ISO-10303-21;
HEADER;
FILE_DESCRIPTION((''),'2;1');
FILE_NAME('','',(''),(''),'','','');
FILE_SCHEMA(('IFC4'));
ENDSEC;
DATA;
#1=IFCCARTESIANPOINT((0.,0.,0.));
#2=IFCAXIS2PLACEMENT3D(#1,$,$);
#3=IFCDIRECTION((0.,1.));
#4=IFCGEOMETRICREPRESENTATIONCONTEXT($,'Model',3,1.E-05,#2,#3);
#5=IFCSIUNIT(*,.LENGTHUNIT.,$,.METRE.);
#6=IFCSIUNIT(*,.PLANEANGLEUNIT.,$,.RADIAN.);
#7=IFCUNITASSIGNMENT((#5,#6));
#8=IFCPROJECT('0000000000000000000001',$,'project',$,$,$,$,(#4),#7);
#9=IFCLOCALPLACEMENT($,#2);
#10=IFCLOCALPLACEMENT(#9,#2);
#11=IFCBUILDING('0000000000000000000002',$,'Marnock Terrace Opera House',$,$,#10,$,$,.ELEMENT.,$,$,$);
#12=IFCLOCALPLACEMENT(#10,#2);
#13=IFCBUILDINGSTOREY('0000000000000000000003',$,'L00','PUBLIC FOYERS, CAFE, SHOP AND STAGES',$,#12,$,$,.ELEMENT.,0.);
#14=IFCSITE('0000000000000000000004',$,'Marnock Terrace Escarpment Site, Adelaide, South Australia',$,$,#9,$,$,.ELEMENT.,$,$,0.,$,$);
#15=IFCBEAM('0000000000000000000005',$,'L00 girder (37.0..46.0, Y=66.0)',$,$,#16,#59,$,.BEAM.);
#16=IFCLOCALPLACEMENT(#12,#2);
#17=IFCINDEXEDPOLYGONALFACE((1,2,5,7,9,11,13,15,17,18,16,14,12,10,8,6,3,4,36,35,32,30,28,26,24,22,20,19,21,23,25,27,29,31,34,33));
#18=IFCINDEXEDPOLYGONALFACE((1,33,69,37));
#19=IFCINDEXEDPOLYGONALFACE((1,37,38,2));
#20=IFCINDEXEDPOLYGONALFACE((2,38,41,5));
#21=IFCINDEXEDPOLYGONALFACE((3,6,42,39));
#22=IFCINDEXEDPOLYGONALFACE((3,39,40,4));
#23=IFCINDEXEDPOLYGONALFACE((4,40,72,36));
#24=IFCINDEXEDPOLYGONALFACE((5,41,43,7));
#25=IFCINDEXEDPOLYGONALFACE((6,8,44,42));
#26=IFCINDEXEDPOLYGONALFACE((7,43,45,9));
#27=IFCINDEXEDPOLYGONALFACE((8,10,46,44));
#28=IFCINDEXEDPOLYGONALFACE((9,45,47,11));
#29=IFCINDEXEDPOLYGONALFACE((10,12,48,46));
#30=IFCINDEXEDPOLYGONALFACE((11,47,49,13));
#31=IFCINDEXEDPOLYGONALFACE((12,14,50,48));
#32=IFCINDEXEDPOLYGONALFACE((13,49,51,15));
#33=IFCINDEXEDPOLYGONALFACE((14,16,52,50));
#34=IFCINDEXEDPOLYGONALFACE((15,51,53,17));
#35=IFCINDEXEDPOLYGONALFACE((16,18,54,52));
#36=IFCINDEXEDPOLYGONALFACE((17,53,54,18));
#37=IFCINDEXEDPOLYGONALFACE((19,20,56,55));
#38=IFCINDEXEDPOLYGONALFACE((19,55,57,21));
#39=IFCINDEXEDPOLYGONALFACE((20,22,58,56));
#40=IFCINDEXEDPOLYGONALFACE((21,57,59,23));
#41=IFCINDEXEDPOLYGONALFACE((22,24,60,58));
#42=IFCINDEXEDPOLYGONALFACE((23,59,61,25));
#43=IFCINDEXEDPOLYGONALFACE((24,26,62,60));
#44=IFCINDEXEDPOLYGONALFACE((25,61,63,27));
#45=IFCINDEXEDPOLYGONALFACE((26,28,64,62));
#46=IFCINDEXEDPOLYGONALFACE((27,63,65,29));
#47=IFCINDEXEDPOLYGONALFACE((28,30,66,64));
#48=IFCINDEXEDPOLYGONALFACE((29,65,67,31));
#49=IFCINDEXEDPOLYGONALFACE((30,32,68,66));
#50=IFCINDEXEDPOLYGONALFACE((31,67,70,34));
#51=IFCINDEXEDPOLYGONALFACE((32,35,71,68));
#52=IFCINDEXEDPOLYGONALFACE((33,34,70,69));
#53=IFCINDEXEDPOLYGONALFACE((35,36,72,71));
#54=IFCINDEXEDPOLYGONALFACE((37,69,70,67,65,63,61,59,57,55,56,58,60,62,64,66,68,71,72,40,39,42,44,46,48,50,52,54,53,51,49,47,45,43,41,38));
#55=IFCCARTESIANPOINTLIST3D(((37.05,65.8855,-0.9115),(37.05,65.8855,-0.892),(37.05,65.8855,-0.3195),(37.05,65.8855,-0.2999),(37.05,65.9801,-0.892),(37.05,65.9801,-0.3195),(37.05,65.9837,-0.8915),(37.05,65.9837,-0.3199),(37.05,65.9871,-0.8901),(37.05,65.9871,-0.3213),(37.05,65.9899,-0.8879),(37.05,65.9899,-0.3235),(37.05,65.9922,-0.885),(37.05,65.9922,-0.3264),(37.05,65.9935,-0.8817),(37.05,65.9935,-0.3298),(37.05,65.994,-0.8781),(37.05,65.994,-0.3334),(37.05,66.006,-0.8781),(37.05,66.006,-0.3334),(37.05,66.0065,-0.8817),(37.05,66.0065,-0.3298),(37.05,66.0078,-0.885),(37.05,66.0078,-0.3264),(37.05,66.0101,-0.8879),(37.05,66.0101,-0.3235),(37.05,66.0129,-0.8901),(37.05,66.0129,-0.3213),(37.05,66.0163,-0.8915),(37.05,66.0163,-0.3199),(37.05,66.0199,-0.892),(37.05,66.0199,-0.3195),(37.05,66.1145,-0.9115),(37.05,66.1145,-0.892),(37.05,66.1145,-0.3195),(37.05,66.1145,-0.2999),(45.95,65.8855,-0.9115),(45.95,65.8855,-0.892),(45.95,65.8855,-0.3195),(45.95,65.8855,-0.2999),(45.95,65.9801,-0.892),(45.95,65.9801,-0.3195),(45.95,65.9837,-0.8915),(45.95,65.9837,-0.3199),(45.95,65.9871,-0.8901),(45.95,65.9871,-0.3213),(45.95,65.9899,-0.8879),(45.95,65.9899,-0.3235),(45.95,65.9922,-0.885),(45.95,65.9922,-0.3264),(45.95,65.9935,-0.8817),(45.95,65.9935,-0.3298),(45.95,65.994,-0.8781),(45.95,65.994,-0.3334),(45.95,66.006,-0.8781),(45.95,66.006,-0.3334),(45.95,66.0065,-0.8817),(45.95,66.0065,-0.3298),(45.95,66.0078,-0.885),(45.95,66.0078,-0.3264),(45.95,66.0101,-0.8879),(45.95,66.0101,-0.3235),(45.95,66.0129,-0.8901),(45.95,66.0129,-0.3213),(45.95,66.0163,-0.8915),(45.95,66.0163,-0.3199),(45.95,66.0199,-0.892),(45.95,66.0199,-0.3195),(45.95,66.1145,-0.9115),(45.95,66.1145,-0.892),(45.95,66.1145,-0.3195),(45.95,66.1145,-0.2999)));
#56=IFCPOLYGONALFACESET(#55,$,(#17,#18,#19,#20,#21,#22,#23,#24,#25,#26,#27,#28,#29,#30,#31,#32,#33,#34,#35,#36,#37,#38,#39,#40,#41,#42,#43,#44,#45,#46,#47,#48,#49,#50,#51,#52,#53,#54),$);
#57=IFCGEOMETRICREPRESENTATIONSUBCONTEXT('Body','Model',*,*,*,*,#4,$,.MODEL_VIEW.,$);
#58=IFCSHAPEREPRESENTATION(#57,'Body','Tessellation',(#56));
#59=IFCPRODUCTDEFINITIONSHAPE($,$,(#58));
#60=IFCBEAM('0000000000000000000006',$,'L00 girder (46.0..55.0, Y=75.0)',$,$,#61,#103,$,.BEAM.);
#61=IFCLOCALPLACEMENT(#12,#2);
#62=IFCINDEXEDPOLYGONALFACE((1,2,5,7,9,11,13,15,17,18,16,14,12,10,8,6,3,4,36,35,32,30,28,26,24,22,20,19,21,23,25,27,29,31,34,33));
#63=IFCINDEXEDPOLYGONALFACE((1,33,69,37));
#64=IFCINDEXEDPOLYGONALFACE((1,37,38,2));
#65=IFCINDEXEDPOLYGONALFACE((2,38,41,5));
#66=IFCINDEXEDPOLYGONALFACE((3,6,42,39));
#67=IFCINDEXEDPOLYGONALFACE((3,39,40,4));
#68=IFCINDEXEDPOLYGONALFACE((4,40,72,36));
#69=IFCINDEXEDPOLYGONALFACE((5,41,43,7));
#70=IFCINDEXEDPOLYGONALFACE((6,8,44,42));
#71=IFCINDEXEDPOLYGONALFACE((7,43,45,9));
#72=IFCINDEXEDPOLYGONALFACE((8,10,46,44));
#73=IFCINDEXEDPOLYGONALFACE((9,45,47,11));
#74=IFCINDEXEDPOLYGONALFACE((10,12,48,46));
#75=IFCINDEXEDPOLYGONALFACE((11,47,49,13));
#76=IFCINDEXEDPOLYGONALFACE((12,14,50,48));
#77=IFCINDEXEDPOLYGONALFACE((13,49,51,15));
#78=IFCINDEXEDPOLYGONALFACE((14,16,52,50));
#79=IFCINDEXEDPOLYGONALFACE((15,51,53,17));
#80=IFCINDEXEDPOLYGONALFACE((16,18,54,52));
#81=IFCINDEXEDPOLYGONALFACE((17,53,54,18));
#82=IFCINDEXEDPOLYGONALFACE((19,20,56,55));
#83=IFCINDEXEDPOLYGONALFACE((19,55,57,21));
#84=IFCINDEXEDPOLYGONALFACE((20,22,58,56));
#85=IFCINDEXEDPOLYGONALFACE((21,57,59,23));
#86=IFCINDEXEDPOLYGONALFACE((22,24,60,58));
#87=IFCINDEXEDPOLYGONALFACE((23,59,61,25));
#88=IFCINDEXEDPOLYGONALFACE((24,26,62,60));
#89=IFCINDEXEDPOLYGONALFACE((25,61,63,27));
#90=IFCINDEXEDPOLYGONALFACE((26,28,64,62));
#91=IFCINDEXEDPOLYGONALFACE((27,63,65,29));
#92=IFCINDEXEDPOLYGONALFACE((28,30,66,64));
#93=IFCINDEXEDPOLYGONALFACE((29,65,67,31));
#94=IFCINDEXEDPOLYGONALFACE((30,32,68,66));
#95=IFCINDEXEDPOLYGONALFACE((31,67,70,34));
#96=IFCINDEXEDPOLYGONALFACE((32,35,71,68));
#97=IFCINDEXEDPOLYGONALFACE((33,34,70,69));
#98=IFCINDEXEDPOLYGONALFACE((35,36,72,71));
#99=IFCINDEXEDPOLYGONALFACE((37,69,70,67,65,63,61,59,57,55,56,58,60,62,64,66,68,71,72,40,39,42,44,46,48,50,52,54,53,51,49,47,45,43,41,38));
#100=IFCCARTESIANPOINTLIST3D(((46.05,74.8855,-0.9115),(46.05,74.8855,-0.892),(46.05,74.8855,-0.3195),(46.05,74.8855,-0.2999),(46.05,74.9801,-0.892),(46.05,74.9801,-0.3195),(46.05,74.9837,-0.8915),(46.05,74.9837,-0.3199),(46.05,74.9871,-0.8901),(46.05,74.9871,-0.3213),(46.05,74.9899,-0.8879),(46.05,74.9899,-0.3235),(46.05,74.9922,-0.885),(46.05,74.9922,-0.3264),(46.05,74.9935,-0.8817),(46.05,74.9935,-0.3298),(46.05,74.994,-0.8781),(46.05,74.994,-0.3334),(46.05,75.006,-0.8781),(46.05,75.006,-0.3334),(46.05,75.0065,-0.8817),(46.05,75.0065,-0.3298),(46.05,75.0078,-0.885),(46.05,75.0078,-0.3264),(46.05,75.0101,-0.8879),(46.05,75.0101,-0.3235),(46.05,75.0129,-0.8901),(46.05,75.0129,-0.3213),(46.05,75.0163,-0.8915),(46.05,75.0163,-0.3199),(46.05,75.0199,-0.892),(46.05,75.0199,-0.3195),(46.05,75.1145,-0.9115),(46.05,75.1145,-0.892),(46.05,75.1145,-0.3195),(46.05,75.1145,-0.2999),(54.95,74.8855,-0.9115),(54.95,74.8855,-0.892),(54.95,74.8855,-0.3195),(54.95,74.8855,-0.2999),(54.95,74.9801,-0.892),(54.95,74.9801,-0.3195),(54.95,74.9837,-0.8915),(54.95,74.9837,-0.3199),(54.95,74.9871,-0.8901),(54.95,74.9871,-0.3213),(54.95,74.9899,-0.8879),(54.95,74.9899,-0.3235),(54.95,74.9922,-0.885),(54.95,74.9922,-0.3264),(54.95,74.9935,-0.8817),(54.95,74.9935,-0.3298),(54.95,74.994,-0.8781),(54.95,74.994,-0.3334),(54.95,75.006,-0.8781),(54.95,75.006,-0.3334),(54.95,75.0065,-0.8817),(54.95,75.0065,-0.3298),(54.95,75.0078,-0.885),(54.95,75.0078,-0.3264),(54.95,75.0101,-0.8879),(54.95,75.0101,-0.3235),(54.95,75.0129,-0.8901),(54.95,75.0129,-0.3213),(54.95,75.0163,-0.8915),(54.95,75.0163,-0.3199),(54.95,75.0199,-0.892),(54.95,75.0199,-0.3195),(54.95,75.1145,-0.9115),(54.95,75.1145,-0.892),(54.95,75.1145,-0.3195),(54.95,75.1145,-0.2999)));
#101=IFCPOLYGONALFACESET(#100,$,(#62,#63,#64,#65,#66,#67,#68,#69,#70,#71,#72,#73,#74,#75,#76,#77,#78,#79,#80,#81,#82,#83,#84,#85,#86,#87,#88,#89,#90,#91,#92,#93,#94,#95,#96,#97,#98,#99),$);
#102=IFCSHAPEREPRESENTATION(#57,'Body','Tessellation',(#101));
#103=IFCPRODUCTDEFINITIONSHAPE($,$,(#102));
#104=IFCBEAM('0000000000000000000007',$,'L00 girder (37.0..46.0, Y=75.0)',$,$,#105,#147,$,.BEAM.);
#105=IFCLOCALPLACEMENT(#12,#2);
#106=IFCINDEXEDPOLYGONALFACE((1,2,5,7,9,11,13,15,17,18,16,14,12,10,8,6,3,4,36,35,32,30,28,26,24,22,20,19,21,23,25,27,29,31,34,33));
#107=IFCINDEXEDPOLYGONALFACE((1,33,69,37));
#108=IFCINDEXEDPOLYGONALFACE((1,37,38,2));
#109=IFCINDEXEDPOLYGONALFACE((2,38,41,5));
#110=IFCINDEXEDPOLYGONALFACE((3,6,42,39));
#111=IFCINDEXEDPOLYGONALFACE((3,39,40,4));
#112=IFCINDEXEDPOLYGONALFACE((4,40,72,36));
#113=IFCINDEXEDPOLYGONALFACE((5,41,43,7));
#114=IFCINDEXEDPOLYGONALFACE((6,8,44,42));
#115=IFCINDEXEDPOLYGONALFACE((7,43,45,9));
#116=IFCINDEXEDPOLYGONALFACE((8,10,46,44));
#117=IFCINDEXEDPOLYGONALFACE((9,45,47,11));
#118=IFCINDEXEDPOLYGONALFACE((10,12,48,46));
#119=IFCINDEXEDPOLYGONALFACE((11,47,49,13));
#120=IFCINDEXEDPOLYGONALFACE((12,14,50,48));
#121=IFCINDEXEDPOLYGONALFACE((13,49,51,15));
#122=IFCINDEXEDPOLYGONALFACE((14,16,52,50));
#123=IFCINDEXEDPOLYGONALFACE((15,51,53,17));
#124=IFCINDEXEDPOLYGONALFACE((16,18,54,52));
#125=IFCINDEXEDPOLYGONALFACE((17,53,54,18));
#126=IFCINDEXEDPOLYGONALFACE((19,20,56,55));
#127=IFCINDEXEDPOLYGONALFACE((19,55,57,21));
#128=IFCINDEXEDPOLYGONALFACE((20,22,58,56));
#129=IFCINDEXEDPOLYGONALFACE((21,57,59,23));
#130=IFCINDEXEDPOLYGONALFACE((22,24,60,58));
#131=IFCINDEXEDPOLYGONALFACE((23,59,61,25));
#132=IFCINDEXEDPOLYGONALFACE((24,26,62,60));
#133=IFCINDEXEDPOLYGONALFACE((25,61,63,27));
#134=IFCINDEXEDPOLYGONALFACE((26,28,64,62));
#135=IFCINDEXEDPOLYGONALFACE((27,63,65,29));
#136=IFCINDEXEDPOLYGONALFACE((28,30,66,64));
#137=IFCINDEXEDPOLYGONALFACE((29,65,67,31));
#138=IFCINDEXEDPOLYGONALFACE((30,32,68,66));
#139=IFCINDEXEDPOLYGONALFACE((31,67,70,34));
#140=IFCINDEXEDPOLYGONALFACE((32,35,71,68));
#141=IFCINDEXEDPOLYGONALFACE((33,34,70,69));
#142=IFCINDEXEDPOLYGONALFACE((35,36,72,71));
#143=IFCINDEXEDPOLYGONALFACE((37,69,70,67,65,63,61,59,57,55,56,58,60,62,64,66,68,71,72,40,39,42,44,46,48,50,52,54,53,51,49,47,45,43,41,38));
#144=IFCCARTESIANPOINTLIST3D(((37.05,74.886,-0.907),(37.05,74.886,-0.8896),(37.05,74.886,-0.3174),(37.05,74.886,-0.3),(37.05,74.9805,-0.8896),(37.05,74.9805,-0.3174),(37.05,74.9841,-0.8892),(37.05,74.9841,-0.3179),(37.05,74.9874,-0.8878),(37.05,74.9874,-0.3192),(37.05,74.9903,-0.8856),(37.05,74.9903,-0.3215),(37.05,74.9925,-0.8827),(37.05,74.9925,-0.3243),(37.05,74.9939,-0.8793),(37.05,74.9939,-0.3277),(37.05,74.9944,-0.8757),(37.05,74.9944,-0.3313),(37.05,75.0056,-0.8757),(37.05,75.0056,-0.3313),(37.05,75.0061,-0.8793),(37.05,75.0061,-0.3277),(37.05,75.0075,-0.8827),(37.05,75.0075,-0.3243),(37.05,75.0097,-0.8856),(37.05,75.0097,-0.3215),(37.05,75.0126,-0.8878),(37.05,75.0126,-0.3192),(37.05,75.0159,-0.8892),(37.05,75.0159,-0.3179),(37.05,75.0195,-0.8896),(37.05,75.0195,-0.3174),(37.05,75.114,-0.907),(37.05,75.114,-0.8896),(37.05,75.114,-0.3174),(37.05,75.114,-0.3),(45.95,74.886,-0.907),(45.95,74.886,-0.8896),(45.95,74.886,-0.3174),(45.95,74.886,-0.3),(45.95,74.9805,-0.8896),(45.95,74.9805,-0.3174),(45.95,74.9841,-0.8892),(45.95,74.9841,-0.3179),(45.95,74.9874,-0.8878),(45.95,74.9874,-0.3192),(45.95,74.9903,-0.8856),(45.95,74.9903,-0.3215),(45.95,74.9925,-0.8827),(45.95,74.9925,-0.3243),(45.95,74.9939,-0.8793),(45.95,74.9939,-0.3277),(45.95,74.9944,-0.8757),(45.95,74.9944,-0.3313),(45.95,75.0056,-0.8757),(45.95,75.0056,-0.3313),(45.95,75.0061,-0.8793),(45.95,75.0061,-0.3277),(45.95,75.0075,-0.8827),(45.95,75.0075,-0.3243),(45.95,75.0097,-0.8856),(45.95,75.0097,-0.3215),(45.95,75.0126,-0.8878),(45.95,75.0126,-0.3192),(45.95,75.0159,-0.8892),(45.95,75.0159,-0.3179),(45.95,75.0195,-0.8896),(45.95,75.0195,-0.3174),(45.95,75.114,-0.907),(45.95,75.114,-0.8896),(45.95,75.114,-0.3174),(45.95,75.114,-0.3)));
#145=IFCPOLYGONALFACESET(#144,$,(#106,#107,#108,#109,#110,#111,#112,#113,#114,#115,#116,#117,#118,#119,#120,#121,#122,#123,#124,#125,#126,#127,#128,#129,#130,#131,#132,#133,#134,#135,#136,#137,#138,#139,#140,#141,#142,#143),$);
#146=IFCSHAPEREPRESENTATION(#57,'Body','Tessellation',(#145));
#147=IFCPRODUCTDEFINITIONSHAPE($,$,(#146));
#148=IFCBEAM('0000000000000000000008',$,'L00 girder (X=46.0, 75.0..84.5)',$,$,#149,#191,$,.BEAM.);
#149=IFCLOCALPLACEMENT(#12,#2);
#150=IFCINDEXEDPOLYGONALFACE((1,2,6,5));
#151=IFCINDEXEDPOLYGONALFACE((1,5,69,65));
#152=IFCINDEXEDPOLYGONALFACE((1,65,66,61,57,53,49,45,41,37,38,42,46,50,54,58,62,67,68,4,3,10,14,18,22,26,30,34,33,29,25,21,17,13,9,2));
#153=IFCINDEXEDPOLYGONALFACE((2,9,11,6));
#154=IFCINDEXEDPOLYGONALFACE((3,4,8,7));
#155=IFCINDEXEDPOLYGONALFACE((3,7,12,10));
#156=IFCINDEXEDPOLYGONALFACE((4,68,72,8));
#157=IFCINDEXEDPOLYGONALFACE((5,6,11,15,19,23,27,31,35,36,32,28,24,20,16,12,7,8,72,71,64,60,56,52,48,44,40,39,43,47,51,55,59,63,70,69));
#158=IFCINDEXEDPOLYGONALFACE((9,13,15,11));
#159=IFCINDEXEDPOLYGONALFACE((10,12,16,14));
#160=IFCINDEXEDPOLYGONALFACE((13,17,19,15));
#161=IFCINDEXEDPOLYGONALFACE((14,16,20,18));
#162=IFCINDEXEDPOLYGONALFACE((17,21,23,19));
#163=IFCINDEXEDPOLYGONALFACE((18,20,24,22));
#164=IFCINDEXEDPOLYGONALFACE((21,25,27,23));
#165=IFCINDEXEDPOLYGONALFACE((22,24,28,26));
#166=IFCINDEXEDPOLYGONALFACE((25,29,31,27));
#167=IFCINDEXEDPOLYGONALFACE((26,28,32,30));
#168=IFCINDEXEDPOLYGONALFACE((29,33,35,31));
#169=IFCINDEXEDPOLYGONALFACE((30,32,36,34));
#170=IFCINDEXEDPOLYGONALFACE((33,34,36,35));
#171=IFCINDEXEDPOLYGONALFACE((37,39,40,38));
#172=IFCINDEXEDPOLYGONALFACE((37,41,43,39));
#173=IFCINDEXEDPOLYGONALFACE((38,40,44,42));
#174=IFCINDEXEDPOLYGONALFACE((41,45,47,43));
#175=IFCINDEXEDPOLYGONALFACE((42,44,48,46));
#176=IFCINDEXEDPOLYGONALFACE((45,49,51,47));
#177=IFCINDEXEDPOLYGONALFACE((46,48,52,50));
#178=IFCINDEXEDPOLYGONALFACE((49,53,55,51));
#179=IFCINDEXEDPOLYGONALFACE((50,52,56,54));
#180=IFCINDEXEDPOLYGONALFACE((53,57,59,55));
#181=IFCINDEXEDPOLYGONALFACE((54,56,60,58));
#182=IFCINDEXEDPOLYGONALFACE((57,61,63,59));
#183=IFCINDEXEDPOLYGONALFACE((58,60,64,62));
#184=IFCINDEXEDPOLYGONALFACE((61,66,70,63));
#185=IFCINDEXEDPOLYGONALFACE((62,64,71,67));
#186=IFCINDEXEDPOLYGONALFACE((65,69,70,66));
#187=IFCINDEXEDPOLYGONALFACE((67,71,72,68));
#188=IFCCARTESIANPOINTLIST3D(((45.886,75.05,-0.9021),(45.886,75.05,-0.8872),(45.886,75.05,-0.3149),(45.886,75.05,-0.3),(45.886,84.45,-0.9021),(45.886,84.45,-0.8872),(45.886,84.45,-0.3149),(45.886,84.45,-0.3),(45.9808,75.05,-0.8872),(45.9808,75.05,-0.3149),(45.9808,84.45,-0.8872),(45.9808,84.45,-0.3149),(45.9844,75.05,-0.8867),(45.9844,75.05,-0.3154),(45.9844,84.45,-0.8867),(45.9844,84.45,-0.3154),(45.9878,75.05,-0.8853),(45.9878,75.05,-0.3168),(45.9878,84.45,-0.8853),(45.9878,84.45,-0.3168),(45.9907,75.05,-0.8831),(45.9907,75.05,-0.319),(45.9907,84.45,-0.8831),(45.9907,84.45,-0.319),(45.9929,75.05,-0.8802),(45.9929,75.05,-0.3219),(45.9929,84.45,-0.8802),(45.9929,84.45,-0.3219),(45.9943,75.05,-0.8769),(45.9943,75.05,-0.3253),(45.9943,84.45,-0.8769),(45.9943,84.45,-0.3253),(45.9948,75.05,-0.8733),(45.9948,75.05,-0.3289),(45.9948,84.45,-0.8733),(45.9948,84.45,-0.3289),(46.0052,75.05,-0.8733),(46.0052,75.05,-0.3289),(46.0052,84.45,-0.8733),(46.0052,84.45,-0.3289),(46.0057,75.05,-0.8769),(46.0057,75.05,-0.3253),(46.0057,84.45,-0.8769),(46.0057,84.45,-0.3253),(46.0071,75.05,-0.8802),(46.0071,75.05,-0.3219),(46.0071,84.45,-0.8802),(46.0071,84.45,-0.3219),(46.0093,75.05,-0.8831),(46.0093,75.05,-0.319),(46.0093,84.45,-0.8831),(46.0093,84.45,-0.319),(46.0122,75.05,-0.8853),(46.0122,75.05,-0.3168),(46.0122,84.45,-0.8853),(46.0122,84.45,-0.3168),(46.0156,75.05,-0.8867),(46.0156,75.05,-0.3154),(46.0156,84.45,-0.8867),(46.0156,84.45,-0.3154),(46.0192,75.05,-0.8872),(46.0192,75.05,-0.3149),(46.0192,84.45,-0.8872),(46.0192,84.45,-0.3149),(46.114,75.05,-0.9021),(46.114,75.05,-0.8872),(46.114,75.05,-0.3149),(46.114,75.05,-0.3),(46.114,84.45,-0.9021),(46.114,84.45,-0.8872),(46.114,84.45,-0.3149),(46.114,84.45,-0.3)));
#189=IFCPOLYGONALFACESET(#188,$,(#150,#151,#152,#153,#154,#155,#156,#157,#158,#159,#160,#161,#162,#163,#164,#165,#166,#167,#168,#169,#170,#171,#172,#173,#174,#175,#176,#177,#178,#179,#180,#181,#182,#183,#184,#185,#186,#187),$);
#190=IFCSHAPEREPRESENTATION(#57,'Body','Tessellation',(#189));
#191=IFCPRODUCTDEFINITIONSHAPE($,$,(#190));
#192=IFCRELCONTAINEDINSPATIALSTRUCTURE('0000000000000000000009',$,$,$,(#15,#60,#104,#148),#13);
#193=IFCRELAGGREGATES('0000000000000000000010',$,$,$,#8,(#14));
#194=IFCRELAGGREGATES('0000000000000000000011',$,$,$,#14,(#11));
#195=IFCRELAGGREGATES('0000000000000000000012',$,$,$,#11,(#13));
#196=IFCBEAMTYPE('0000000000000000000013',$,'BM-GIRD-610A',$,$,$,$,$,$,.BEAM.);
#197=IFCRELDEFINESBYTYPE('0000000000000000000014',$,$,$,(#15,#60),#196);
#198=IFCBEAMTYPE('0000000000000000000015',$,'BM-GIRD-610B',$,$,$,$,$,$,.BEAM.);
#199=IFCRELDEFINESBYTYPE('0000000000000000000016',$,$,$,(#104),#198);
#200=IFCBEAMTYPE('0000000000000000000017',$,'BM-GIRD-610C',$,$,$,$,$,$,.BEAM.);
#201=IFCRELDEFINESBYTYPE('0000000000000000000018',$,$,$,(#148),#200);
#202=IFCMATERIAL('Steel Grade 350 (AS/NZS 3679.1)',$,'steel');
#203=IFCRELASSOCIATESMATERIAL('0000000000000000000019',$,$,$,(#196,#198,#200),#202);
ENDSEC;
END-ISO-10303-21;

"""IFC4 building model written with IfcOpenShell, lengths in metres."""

from ifc_helpers import new_model, si_unit, direction, frame, origin, origin_2d, place, context, subcontext, project, spatial, i_section, extrude, material, material_profile, profile_set, type_object, element, save


model = new_model("IFC4")

# Units and contexts
model_context = context("Model", 3, precision=1e-05, world=origin(), true_north=direction((0.0, 1.0)))
body_context = subcontext(model_context, "Body", "Model", "MODEL_VIEW")
ifc_project = project(units=[si_unit("LENGTHUNIT", "METRE"), si_unit("PLANEANGLEUNIT", "RADIAN")], contexts=[model_context])

# Site, building, storey
site_placement = place(None, origin())
site = spatial("IfcSite", under=ifc_project, at=site_placement, Name="Marnock Terrace Escarpment Site, Adelaide, South Australia", CompositionType="ELEMENT", RefElevation=0.0)
building_placement = place(site_placement, origin())
building = spatial("IfcBuilding", under=site, at=building_placement, Name="Marnock Terrace Opera House", CompositionType="ELEMENT")
storey_placement = place(building_placement, origin())
storey = spatial("IfcBuildingStorey", under=building, at=storey_placement, Name="L00", Description="PUBLIC FOYERS, CAFE, SHOP AND STAGES", CompositionType="ELEMENT", Elevation=0.0)

# Beams
ifc_material_1 = material(Name="Steel Grade 350 (AS/NZS 3679.1)", Category="steel")
ifc_material_profile_1 = material_profile(ifc_material_1, i_section(OverallWidth=0.229, OverallDepth=0.6116, WebThickness=0.012, FlangeThickness=0.0195, FilletRadius=0.0139, at=origin_2d()))
ifc_profile_set_1 = profile_set([ifc_material_profile_1], Name="Steel Grade 350 (AS/NZS 3679.1)")
beam_type_1 = type_object("IfcBeamType", Name="BM-GIRD-610A", PredefinedType="BEAM", material=ifc_profile_set_1)
for number, where, z_axis, x_axis, name in (
    (1, (37.05, 66.0, -0.6057), (1.0, 0.0, 0.0), (0.0, 1.0, 0.0), "L00 girder (37.0..46.0, Y=66.0)"),
    (2, (46.05, 75.0, -0.6057), (1.0, 0.0, 0.0), (0.0, 1.0, 0.0), "L00 girder (46.0..55.0, Y=75.0)"),
):
    element("IfcBeam", number, at=place(storey_placement, frame(where, z_axis=z_axis, x_axis=x_axis)), inside=storey, type_object=beam_type_1, Name=name, PredefinedType="BEAM", context=body_context, shape_type="SweptSolid", body=[
        extrude(i_section(OverallWidth=0.229, OverallDepth=0.6116, WebThickness=0.012, FlangeThickness=0.0195, FilletRadius=0.0139, at=origin_2d()), origin(), (0.0, 0.0, 1.0), 8.8999),
    ])
ifc_material_profile_2 = material_profile(ifc_material_1, i_section(OverallWidth=0.228, OverallDepth=0.6069, WebThickness=0.0112, FlangeThickness=0.0173, FilletRadius=0.0139, at=origin_2d()))
ifc_profile_set_2 = profile_set([ifc_material_profile_2], Name="Steel Grade 350 (AS/NZS 3679.1)")
beam_type_2 = type_object("IfcBeamType", Name="BM-GIRD-610B", PredefinedType="BEAM", material=ifc_profile_set_2)
beam_1_placement = place(storey_placement, frame((37.05, 75.0, -0.6035), z_axis=(1.0, 0.0, 0.0), x_axis=(0.0, 1.0, 0.0)))
element("IfcBeam", 3, at=beam_1_placement, inside=storey, type_object=beam_type_2, Name="L00 girder (37.0..46.0, Y=75.0)", PredefinedType="BEAM", context=body_context, shape_type="SweptSolid", body=[
    extrude(i_section(OverallWidth=0.228, OverallDepth=0.6069, WebThickness=0.0112, FlangeThickness=0.0173, FilletRadius=0.0139, at=origin_2d()), origin(), (0.0, 0.0, 1.0), 8.8999),
])
ifc_material_profile_3 = material_profile(ifc_material_1, i_section(OverallWidth=0.228, OverallDepth=0.6021, WebThickness=0.0105, FlangeThickness=0.0149, FilletRadius=0.0139, at=origin_2d()))
ifc_profile_set_3 = profile_set([ifc_material_profile_3], Name="Steel Grade 350 (AS/NZS 3679.1)")
beam_type_3 = type_object("IfcBeamType", Name="BM-GIRD-610C", PredefinedType="BEAM", material=ifc_profile_set_3)
beam_2_placement = place(storey_placement, frame((46.0, 75.05, -0.6011), z_axis=(0.0, 1.0, 0.0), x_axis=(-1.0, 0.0, 0.0)))
element("IfcBeam", 4, at=beam_2_placement, inside=storey, type_object=beam_type_3, Name="L00 girder (X=46.0, 75.0..84.5)", PredefinedType="BEAM", context=body_context, shape_type="SweptSolid", body=[
    extrude(i_section(OverallWidth=0.228, OverallDepth=0.6021, WebThickness=0.0105, FlangeThickness=0.0149, FilletRadius=0.0139, at=origin_2d()), origin(), (0.0, 0.0, 1.0), 9.3999),
])

save(model, "model.ifc")
